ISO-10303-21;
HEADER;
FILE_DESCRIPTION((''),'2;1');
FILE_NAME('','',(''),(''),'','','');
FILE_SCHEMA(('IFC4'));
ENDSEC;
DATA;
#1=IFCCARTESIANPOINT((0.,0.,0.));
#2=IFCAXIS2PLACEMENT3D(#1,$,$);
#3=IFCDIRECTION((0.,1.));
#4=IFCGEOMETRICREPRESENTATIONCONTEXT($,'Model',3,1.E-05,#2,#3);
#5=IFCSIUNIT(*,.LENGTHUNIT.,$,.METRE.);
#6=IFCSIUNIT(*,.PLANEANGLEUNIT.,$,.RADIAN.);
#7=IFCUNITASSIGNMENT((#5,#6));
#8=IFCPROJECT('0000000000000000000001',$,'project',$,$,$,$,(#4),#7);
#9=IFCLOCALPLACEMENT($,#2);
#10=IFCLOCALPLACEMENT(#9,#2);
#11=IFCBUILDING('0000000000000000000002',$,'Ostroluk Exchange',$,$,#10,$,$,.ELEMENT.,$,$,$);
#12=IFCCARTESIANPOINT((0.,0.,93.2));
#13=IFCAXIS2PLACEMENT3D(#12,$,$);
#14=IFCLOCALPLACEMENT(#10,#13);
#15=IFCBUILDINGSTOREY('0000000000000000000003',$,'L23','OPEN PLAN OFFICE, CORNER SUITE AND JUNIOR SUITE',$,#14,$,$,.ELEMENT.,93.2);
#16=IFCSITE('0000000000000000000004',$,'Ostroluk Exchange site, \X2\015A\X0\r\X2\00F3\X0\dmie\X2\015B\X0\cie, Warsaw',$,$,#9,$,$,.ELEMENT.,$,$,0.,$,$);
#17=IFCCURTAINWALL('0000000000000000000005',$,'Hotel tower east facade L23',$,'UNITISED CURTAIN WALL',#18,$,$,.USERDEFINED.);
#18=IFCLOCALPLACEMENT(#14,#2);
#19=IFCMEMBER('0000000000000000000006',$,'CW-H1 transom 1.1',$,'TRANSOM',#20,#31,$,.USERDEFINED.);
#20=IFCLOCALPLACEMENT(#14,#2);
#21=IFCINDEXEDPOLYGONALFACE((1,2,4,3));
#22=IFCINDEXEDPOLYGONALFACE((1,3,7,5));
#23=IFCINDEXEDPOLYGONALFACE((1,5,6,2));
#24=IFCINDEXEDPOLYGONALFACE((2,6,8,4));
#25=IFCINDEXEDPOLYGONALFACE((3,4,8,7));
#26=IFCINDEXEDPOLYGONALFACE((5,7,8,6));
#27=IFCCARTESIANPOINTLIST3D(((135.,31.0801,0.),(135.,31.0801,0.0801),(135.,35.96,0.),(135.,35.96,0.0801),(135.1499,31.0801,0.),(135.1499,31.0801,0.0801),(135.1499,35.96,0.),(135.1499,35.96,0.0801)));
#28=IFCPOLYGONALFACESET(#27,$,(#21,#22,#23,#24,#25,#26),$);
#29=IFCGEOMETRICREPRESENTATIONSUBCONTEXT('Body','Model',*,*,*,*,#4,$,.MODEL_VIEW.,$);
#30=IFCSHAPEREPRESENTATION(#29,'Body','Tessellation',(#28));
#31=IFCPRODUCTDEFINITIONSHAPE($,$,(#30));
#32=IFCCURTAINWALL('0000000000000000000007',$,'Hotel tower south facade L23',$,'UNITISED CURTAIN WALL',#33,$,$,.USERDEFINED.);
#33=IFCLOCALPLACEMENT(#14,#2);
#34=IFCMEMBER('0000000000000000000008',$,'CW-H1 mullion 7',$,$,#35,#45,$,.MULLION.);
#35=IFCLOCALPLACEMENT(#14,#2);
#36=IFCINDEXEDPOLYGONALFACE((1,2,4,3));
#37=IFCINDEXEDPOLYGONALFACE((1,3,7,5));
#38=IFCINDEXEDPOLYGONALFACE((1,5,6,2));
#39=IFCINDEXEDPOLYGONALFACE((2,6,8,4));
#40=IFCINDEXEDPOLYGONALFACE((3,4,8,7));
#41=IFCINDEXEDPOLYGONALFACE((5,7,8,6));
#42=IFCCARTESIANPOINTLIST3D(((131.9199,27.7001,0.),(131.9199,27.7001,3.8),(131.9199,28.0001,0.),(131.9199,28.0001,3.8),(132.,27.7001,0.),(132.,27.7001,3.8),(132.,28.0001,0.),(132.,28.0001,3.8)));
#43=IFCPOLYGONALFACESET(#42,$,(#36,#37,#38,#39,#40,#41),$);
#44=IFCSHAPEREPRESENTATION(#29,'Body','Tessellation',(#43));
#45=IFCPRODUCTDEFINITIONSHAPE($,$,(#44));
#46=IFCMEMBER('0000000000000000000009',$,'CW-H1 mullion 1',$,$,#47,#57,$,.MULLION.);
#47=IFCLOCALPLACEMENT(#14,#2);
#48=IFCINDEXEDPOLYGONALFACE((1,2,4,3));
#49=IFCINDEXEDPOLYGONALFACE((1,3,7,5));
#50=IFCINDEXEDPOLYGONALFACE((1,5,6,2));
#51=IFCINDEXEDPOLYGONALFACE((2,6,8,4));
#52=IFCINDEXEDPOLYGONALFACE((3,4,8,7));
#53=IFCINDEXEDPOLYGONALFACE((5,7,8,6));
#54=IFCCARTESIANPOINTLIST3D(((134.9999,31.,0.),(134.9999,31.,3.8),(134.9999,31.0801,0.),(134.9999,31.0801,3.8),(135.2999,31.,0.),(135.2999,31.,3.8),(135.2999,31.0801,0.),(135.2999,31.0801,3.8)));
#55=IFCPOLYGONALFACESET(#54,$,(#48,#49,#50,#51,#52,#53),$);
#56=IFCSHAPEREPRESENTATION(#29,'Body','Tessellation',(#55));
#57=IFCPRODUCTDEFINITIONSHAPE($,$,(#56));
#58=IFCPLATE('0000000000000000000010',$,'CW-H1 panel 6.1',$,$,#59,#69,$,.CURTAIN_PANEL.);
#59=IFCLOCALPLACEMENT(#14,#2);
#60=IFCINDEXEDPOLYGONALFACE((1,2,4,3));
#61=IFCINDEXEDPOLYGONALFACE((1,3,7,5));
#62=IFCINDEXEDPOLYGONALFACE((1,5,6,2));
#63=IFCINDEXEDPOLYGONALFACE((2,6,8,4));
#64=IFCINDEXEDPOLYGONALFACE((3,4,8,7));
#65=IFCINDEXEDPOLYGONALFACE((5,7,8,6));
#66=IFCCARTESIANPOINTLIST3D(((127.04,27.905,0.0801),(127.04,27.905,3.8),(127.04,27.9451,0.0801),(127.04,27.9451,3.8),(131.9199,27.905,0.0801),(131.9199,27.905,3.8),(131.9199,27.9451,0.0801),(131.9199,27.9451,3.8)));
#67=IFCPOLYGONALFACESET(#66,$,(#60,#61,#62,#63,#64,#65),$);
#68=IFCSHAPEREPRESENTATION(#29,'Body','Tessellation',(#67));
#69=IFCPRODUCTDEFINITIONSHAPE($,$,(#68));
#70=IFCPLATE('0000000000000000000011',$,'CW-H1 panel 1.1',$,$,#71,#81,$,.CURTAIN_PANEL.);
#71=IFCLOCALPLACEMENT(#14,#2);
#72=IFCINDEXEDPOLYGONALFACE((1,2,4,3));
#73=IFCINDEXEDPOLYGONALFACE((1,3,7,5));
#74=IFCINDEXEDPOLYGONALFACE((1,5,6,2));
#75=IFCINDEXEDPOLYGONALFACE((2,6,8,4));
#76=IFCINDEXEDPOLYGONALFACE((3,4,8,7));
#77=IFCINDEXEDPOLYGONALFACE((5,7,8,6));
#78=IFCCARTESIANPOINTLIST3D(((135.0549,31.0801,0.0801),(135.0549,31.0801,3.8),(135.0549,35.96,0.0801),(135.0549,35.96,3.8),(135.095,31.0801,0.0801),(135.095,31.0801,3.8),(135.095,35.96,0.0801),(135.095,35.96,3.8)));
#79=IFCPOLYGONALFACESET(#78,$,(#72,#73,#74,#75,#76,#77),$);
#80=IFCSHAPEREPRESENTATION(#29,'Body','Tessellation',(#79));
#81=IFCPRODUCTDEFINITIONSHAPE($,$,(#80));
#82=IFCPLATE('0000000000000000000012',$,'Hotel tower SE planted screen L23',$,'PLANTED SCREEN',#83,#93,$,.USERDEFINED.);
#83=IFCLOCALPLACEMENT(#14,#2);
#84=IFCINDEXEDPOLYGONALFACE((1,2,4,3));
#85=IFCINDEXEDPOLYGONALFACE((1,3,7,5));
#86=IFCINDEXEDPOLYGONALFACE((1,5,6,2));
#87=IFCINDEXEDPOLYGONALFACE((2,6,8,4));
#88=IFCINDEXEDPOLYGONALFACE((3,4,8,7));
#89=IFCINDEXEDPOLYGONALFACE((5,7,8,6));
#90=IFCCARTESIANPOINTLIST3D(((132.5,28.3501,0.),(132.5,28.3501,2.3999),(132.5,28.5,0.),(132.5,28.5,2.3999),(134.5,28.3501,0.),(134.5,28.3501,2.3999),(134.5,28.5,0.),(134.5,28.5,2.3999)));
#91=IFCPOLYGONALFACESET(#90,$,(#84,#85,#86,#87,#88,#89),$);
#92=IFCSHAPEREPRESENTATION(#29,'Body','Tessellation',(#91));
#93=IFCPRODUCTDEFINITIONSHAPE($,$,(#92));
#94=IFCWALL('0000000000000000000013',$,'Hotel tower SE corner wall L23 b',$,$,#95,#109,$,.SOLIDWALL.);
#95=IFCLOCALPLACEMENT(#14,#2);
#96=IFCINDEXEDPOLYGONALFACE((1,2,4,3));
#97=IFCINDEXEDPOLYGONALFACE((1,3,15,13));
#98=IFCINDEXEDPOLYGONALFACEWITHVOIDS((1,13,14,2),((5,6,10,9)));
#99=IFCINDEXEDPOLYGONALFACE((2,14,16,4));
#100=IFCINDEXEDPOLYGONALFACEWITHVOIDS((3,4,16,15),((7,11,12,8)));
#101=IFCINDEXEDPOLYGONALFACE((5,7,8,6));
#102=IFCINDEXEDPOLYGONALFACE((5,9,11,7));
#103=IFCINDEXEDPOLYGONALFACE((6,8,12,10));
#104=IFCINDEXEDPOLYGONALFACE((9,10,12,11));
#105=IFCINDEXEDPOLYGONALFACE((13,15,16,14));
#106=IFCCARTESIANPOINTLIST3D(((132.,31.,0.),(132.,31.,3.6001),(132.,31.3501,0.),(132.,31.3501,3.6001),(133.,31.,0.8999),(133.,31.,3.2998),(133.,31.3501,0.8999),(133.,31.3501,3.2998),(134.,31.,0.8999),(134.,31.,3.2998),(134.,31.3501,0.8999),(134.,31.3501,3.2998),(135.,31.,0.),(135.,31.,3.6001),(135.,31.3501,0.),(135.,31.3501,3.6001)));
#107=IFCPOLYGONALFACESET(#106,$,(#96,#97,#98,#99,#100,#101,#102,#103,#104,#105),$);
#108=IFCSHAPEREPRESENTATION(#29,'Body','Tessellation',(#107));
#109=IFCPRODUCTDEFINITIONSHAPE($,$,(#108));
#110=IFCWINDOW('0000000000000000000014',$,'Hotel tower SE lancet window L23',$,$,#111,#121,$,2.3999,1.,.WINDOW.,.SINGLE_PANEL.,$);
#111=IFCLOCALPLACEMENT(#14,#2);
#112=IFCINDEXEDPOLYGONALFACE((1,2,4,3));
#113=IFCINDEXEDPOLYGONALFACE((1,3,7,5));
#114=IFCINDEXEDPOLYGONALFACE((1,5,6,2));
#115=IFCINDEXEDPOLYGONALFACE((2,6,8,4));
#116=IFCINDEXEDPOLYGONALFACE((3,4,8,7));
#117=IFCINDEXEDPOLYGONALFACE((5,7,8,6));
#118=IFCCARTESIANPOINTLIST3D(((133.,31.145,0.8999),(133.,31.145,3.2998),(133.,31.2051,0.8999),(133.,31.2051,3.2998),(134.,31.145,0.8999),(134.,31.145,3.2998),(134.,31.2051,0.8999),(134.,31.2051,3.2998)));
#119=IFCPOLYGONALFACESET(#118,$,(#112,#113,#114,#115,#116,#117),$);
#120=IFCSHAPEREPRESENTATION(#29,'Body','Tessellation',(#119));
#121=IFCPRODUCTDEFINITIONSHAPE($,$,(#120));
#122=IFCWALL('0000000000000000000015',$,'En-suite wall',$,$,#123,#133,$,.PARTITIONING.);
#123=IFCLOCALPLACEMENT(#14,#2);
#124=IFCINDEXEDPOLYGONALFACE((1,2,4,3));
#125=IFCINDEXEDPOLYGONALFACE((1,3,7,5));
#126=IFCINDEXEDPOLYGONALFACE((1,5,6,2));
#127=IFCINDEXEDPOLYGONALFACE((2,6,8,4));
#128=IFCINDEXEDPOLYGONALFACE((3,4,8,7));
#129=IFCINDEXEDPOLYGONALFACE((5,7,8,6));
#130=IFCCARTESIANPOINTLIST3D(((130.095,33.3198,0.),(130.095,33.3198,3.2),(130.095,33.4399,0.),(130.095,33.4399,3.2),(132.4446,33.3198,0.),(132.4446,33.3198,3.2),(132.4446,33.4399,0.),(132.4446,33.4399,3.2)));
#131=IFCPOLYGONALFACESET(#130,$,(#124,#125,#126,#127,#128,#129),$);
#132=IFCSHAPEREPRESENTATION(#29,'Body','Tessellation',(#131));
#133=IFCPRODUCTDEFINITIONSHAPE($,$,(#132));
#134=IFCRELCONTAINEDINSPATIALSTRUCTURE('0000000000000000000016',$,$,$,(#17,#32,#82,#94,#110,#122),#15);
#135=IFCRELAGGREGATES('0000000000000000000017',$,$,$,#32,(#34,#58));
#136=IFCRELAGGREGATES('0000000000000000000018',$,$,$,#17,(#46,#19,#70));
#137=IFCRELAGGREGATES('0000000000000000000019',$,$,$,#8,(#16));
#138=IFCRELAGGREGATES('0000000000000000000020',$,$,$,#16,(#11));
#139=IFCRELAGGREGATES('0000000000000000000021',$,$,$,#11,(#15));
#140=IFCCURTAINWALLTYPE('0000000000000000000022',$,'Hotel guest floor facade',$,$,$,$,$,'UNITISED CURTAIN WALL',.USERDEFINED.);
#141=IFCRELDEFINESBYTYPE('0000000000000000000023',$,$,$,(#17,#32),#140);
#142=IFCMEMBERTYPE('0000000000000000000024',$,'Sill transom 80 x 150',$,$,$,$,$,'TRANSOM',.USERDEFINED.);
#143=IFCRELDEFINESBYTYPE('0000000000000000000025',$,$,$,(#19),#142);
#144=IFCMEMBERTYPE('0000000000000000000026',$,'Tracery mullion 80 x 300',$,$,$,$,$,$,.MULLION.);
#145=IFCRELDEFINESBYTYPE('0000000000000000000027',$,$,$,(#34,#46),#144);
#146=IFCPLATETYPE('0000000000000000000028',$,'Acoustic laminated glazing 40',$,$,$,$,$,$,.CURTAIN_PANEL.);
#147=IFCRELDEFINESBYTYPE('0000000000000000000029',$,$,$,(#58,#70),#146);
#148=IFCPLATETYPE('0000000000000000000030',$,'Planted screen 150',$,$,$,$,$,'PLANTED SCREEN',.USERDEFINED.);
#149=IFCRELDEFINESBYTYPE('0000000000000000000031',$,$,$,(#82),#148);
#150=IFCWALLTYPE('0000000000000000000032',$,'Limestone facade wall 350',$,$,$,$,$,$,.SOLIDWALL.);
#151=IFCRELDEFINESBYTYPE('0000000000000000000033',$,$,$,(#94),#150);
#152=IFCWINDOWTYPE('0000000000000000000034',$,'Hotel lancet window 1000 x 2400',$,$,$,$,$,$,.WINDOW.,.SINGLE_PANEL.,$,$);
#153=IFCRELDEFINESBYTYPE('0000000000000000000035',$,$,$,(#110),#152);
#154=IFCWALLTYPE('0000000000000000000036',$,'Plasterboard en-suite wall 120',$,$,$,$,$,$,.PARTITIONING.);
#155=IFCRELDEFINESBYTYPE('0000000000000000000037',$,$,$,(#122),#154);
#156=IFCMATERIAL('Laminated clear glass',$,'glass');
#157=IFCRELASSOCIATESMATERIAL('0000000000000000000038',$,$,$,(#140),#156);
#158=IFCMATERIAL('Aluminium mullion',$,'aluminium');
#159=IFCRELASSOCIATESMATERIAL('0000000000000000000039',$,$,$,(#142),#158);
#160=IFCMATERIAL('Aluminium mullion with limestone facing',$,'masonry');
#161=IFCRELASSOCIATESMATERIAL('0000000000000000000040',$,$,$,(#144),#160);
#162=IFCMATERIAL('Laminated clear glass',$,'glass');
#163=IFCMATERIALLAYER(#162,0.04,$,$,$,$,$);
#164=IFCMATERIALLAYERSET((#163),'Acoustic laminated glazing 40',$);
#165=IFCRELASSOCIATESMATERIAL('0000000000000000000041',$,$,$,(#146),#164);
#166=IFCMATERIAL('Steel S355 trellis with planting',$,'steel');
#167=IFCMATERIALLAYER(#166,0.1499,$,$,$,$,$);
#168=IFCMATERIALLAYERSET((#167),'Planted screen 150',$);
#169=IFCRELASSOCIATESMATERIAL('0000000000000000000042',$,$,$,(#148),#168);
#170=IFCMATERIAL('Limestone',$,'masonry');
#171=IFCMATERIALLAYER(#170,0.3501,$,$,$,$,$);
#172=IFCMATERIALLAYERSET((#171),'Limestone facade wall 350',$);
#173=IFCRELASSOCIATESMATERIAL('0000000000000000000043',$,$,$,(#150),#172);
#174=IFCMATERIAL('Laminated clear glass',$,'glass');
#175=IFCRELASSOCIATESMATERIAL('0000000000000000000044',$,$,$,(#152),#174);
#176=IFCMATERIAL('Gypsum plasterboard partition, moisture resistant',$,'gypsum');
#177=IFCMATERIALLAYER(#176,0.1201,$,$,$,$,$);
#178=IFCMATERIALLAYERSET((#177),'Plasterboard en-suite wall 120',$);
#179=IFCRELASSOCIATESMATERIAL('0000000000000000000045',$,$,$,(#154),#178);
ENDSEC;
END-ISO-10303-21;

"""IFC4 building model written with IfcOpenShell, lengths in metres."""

from ifc_helpers import new_model, si_unit, direction, frame, frame_2d, origin, origin_2d, place, context, subcontext, project, spatial, rectangle, extrude, material, layer, layer_set, material_profile, profile_set, type_object, element, fill, aggregate, save


model = new_model("IFC4")

# Units and contexts
model_context = context("Model", 3, precision=1e-05, world=origin(), true_north=direction((0.0, 1.0)))
body_context = subcontext(model_context, "Body", "Model", "MODEL_VIEW")
ifc_project = project(units=[si_unit("LENGTHUNIT", "METRE"), si_unit("PLANEANGLEUNIT", "RADIAN")], contexts=[model_context])

# Site, building, storey
site_placement = place(None, origin())
site = spatial("IfcSite", under=ifc_project, at=site_placement, Name="Ostroluk Exchange site, Śródmieście, Warsaw", CompositionType="ELEMENT", RefElevation=0.0)
building_placement = place(site_placement, origin())
building = spatial("IfcBuilding", under=site, at=building_placement, Name="Ostroluk Exchange", CompositionType="ELEMENT")
storey_placement = place(building_placement, frame((0.0, 0.0, 93.2)))
storey = spatial("IfcBuildingStorey", under=building, at=storey_placement, Name="L23", Description="OPEN PLAN OFFICE, CORNER SUITE AND JUNIOR SUITE", CompositionType="ELEMENT", Elevation=93.2)

# Curtain walls, members
ifc_material_1 = material(Name="Laminated clear glass", Category="glass")
curtain_wall_type = type_object("IfcCurtainWallType", Name="Hotel guest floor facade", ElementType="UNITISED CURTAIN WALL", PredefinedType="USERDEFINED", material=ifc_material_1)
curtain_wall_1_placement = place(storey_placement, origin())
curtain_wall_1 = element("IfcCurtainWall", 1, at=curtain_wall_1_placement, inside=storey, type_object=curtain_wall_type, Name="Hotel tower east facade L23", ObjectType="UNITISED CURTAIN WALL", PredefinedType="USERDEFINED")
ifc_material_2 = material(Name="Aluminium mullion", Category="aluminium")
ifc_material_profile_1 = material_profile(ifc_material_2, rectangle(XDim=0.1499, YDim=0.0801, at=origin_2d()), Name="Sill transom 80 x 150")
ifc_profile_set_1 = profile_set([ifc_material_profile_1], Name="Aluminium mullion")
member_type_1 = type_object("IfcMemberType", Name="Sill transom 80 x 150", ElementType="TRANSOM", PredefinedType="USERDEFINED", material=ifc_profile_set_1)
member_1_placement = place(storey_placement, frame((135.075, 31.0801, 0.04), z_axis=(0.0, 1.0, 0.0), x_axis=(-1.0, 0.0, 0.0)))
member_1 = element("IfcMember", 2, at=member_1_placement, type_object=member_type_1, Name="CW-H1 transom 1.1", ObjectType="TRANSOM", PredefinedType="USERDEFINED", context=body_context, shape_type="SweptSolid", body=[
    extrude(rectangle(XDim=0.1499, YDim=0.0801, at=origin_2d()), origin(), (0.0, 0.0, 1.0), 4.8799),
])
curtain_wall_2_placement = place(storey_placement, origin())
curtain_wall_2 = element("IfcCurtainWall", 3, at=curtain_wall_2_placement, inside=storey, type_object=curtain_wall_type, Name="Hotel tower south facade L23", ObjectType="UNITISED CURTAIN WALL", PredefinedType="USERDEFINED")
ifc_material_3 = material(Name="Aluminium mullion with limestone facing", Category="masonry")
ifc_material_profile_2 = material_profile(ifc_material_3, rectangle(XDim=0.3, YDim=0.0801, at=origin_2d()), Name="Tracery mullion 80 x 300")
ifc_profile_set_2 = profile_set([ifc_material_profile_2], Name="Aluminium mullion with limestone facing")
member_type_2 = type_object("IfcMemberType", Name="Tracery mullion 80 x 300", PredefinedType="MULLION", material=ifc_profile_set_2)
member_2_placement = place(storey_placement, frame((131.96, 27.8501, 0.0), z_axis=(0.0, 0.0, 1.0), x_axis=(0.0, 1.0, 0.0)))
member_2 = element("IfcMember", 4, at=member_2_placement, type_object=member_type_2, Name="CW-H1 mullion 7", PredefinedType="MULLION", context=body_context, shape_type="SweptSolid", body=[
    extrude(rectangle(XDim=0.3, YDim=0.0801, at=origin_2d()), origin(), (0.0, 0.0, 1.0), 3.8),
])

# Member
member_3_placement = place(storey_placement, frame((135.1499, 31.04, 0.0), z_axis=(0.0, 0.0, 1.0), x_axis=(-1.0, 0.0, 0.0)))
member_3 = element("IfcMember", 5, at=member_3_placement, type_object=member_type_2, Name="CW-H1 mullion 1", PredefinedType="MULLION", context=body_context, shape_type="SweptSolid", body=[
    extrude(rectangle(XDim=0.3, YDim=0.0801, at=origin_2d()), origin(), (0.0, 0.0, 1.0), 3.8),
])

# Plates
ifc_material_4 = material(Name="Laminated clear glass", Category="glass")
ifc_layer_1 = layer(ifc_material_4, 0.04)
ifc_layer_set_1 = layer_set([ifc_layer_1], Name="Acoustic laminated glazing 40")
plate_type_1 = type_object("IfcPlateType", Name="Acoustic laminated glazing 40", PredefinedType="CURTAIN_PANEL", material=ifc_layer_set_1)
plate_1_placement = place(storey_placement, frame((129.48, 27.925, 0.0801), z_axis=(0.0, 0.0, 1.0), x_axis=(1.0, 0.0, 0.0)))
plate_1 = element("IfcPlate", 6, at=plate_1_placement, type_object=plate_type_1, Name="CW-H1 panel 6.1", PredefinedType="CURTAIN_PANEL", context=body_context, shape_type="SweptSolid", body=[
    extrude(rectangle(XDim=4.8799, YDim=0.04, at=origin_2d()), origin(), (0.0, 0.0, 1.0), 3.72),
])
aggregate(curtain_wall_2, [member_2, plate_1])
plate_2_placement = place(storey_placement, frame((135.075, 33.52, 0.0801), z_axis=(0.0, 0.0, 1.0), x_axis=(0.0, 1.0, 0.0)))
plate_2 = element("IfcPlate", 7, at=plate_2_placement, type_object=plate_type_1, Name="CW-H1 panel 1.1", PredefinedType="CURTAIN_PANEL", context=body_context, shape_type="SweptSolid", body=[
    extrude(rectangle(XDim=4.8799, YDim=0.04, at=origin_2d()), origin(), (0.0, 0.0, 1.0), 3.72),
])
aggregate(curtain_wall_1, [member_3, member_1, plate_2])
ifc_material_5 = material(Name="Steel S355 trellis with planting", Category="steel")
ifc_layer_2 = layer(ifc_material_5, 0.1499)
ifc_layer_set_2 = layer_set([ifc_layer_2], Name="Planted screen 150")
plate_type_2 = type_object("IfcPlateType", Name="Planted screen 150", ElementType="PLANTED SCREEN", PredefinedType="USERDEFINED", material=ifc_layer_set_2)
plate_3_placement = place(storey_placement, frame((133.5, 28.425, 0.0), z_axis=(0.0, 0.0, 1.0), x_axis=(1.0, 0.0, 0.0)))
element("IfcPlate", 8, at=plate_3_placement, inside=storey, type_object=plate_type_2, Name="Hotel tower SE planted screen L23", ObjectType="PLANTED SCREEN", PredefinedType="USERDEFINED", context=body_context, shape_type="SweptSolid", body=[
    extrude(rectangle(XDim=2.0, YDim=0.1499, at=origin_2d()), origin(), (0.0, 0.0, 1.0), 2.3999),
])

# Shared definitions
ifc_material_6 = material(Name="Limestone", Category="masonry")
ifc_layer_3 = layer(ifc_material_6, 0.3501)
ifc_layer_set_3 = layer_set([ifc_layer_3], Name="Limestone facade wall 350")
wall_type_1 = type_object("IfcWallType", Name="Limestone facade wall 350", PredefinedType="SOLIDWALL", material=ifc_layer_set_3)

# Wall, opening, window
wall_1_placement = place(storey_placement, frame((132.0, 31.175, 0.0), z_axis=(0.0, 0.0, 1.0), x_axis=(1.0, 0.0, 0.0)))
wall_1 = element("IfcWall", 9, at=wall_1_placement, inside=storey, type_object=wall_type_1, Name="Hotel tower SE corner wall L23 b", PredefinedType="SOLIDWALL", context=body_context, shape_type="SweptSolid", body=[
    extrude(rectangle(XDim=3.0, YDim=0.3501, at=frame_2d((1.5, 0.0))), origin(), (0.0, 0.0, 1.0), 3.6001),
])
opening_1_placement = place(wall_1_placement, frame((1.0, 0.0, 0.8999)))
opening_1 = element("IfcOpeningElement", 10, at=opening_1_placement, cuts=wall_1, PredefinedType="OPENING", context=body_context, shape_type="SweptSolid", body=[
    extrude(rectangle(XDim=1.0, YDim=2.3999, at=frame_2d((0.5, 1.2))), frame((0.0, 0.1851, 0.0), z_axis=(0.0, -1.0, 0.0), x_axis=(1.0, 0.0, 0.0)), (0.0, 0.0, 1.0), 0.3701),
])
ifc_material_7 = material(Name="Laminated clear glass", Category="glass")
window_type = type_object("IfcWindowType", Name="Hotel lancet window 1000 x 2400", PartitioningType="SINGLE_PANEL", PredefinedType="WINDOW", material=ifc_material_7)
window_placement = place(opening_1_placement, origin())
window = element("IfcWindow", 11, at=window_placement, inside=storey, type_object=window_type, Name="Hotel tower SE lancet window L23", OverallHeight=2.3999, OverallWidth=1.0, PartitioningType="SINGLE_PANEL", PredefinedType="WINDOW", context=body_context, shape_type="SweptSolid", body=[
    extrude(rectangle(XDim=1.0, YDim=2.3999, at=frame_2d((0.5, 1.2))), frame((0.0, 0.03, 0.0), z_axis=(0.0, -1.0, 0.0), x_axis=(1.0, 0.0, 0.0)), (0.0, 0.0, 1.0), 0.0601),
])
fill(opening_1, window)

# Wall
ifc_material_8 = material(Name="Gypsum plasterboard partition, moisture resistant", Category="gypsum")
ifc_layer_4 = layer(ifc_material_8, 0.1201)
ifc_layer_set_4 = layer_set([ifc_layer_4], Name="Plasterboard en-suite wall 120")
wall_type_2 = type_object("IfcWallType", Name="Plasterboard en-suite wall 120", PredefinedType="PARTITIONING", material=ifc_layer_set_4)
wall_2_placement = place(storey_placement, frame((130.095, 33.3799, 0.0), z_axis=(0.0, 0.0, 1.0), x_axis=(1.0, 0.0, 0.0)))
element("IfcWall", 12, at=wall_2_placement, inside=storey, type_object=wall_type_2, Name="En-suite wall", PredefinedType="PARTITIONING", context=body_context, shape_type="SweptSolid", body=[
    extrude(rectangle(XDim=2.3496, YDim=0.1201, at=frame_2d((1.1748, 0.0))), origin(), (0.0, 0.0, 1.0), 3.2),
])

save(model, "model.ifc")
